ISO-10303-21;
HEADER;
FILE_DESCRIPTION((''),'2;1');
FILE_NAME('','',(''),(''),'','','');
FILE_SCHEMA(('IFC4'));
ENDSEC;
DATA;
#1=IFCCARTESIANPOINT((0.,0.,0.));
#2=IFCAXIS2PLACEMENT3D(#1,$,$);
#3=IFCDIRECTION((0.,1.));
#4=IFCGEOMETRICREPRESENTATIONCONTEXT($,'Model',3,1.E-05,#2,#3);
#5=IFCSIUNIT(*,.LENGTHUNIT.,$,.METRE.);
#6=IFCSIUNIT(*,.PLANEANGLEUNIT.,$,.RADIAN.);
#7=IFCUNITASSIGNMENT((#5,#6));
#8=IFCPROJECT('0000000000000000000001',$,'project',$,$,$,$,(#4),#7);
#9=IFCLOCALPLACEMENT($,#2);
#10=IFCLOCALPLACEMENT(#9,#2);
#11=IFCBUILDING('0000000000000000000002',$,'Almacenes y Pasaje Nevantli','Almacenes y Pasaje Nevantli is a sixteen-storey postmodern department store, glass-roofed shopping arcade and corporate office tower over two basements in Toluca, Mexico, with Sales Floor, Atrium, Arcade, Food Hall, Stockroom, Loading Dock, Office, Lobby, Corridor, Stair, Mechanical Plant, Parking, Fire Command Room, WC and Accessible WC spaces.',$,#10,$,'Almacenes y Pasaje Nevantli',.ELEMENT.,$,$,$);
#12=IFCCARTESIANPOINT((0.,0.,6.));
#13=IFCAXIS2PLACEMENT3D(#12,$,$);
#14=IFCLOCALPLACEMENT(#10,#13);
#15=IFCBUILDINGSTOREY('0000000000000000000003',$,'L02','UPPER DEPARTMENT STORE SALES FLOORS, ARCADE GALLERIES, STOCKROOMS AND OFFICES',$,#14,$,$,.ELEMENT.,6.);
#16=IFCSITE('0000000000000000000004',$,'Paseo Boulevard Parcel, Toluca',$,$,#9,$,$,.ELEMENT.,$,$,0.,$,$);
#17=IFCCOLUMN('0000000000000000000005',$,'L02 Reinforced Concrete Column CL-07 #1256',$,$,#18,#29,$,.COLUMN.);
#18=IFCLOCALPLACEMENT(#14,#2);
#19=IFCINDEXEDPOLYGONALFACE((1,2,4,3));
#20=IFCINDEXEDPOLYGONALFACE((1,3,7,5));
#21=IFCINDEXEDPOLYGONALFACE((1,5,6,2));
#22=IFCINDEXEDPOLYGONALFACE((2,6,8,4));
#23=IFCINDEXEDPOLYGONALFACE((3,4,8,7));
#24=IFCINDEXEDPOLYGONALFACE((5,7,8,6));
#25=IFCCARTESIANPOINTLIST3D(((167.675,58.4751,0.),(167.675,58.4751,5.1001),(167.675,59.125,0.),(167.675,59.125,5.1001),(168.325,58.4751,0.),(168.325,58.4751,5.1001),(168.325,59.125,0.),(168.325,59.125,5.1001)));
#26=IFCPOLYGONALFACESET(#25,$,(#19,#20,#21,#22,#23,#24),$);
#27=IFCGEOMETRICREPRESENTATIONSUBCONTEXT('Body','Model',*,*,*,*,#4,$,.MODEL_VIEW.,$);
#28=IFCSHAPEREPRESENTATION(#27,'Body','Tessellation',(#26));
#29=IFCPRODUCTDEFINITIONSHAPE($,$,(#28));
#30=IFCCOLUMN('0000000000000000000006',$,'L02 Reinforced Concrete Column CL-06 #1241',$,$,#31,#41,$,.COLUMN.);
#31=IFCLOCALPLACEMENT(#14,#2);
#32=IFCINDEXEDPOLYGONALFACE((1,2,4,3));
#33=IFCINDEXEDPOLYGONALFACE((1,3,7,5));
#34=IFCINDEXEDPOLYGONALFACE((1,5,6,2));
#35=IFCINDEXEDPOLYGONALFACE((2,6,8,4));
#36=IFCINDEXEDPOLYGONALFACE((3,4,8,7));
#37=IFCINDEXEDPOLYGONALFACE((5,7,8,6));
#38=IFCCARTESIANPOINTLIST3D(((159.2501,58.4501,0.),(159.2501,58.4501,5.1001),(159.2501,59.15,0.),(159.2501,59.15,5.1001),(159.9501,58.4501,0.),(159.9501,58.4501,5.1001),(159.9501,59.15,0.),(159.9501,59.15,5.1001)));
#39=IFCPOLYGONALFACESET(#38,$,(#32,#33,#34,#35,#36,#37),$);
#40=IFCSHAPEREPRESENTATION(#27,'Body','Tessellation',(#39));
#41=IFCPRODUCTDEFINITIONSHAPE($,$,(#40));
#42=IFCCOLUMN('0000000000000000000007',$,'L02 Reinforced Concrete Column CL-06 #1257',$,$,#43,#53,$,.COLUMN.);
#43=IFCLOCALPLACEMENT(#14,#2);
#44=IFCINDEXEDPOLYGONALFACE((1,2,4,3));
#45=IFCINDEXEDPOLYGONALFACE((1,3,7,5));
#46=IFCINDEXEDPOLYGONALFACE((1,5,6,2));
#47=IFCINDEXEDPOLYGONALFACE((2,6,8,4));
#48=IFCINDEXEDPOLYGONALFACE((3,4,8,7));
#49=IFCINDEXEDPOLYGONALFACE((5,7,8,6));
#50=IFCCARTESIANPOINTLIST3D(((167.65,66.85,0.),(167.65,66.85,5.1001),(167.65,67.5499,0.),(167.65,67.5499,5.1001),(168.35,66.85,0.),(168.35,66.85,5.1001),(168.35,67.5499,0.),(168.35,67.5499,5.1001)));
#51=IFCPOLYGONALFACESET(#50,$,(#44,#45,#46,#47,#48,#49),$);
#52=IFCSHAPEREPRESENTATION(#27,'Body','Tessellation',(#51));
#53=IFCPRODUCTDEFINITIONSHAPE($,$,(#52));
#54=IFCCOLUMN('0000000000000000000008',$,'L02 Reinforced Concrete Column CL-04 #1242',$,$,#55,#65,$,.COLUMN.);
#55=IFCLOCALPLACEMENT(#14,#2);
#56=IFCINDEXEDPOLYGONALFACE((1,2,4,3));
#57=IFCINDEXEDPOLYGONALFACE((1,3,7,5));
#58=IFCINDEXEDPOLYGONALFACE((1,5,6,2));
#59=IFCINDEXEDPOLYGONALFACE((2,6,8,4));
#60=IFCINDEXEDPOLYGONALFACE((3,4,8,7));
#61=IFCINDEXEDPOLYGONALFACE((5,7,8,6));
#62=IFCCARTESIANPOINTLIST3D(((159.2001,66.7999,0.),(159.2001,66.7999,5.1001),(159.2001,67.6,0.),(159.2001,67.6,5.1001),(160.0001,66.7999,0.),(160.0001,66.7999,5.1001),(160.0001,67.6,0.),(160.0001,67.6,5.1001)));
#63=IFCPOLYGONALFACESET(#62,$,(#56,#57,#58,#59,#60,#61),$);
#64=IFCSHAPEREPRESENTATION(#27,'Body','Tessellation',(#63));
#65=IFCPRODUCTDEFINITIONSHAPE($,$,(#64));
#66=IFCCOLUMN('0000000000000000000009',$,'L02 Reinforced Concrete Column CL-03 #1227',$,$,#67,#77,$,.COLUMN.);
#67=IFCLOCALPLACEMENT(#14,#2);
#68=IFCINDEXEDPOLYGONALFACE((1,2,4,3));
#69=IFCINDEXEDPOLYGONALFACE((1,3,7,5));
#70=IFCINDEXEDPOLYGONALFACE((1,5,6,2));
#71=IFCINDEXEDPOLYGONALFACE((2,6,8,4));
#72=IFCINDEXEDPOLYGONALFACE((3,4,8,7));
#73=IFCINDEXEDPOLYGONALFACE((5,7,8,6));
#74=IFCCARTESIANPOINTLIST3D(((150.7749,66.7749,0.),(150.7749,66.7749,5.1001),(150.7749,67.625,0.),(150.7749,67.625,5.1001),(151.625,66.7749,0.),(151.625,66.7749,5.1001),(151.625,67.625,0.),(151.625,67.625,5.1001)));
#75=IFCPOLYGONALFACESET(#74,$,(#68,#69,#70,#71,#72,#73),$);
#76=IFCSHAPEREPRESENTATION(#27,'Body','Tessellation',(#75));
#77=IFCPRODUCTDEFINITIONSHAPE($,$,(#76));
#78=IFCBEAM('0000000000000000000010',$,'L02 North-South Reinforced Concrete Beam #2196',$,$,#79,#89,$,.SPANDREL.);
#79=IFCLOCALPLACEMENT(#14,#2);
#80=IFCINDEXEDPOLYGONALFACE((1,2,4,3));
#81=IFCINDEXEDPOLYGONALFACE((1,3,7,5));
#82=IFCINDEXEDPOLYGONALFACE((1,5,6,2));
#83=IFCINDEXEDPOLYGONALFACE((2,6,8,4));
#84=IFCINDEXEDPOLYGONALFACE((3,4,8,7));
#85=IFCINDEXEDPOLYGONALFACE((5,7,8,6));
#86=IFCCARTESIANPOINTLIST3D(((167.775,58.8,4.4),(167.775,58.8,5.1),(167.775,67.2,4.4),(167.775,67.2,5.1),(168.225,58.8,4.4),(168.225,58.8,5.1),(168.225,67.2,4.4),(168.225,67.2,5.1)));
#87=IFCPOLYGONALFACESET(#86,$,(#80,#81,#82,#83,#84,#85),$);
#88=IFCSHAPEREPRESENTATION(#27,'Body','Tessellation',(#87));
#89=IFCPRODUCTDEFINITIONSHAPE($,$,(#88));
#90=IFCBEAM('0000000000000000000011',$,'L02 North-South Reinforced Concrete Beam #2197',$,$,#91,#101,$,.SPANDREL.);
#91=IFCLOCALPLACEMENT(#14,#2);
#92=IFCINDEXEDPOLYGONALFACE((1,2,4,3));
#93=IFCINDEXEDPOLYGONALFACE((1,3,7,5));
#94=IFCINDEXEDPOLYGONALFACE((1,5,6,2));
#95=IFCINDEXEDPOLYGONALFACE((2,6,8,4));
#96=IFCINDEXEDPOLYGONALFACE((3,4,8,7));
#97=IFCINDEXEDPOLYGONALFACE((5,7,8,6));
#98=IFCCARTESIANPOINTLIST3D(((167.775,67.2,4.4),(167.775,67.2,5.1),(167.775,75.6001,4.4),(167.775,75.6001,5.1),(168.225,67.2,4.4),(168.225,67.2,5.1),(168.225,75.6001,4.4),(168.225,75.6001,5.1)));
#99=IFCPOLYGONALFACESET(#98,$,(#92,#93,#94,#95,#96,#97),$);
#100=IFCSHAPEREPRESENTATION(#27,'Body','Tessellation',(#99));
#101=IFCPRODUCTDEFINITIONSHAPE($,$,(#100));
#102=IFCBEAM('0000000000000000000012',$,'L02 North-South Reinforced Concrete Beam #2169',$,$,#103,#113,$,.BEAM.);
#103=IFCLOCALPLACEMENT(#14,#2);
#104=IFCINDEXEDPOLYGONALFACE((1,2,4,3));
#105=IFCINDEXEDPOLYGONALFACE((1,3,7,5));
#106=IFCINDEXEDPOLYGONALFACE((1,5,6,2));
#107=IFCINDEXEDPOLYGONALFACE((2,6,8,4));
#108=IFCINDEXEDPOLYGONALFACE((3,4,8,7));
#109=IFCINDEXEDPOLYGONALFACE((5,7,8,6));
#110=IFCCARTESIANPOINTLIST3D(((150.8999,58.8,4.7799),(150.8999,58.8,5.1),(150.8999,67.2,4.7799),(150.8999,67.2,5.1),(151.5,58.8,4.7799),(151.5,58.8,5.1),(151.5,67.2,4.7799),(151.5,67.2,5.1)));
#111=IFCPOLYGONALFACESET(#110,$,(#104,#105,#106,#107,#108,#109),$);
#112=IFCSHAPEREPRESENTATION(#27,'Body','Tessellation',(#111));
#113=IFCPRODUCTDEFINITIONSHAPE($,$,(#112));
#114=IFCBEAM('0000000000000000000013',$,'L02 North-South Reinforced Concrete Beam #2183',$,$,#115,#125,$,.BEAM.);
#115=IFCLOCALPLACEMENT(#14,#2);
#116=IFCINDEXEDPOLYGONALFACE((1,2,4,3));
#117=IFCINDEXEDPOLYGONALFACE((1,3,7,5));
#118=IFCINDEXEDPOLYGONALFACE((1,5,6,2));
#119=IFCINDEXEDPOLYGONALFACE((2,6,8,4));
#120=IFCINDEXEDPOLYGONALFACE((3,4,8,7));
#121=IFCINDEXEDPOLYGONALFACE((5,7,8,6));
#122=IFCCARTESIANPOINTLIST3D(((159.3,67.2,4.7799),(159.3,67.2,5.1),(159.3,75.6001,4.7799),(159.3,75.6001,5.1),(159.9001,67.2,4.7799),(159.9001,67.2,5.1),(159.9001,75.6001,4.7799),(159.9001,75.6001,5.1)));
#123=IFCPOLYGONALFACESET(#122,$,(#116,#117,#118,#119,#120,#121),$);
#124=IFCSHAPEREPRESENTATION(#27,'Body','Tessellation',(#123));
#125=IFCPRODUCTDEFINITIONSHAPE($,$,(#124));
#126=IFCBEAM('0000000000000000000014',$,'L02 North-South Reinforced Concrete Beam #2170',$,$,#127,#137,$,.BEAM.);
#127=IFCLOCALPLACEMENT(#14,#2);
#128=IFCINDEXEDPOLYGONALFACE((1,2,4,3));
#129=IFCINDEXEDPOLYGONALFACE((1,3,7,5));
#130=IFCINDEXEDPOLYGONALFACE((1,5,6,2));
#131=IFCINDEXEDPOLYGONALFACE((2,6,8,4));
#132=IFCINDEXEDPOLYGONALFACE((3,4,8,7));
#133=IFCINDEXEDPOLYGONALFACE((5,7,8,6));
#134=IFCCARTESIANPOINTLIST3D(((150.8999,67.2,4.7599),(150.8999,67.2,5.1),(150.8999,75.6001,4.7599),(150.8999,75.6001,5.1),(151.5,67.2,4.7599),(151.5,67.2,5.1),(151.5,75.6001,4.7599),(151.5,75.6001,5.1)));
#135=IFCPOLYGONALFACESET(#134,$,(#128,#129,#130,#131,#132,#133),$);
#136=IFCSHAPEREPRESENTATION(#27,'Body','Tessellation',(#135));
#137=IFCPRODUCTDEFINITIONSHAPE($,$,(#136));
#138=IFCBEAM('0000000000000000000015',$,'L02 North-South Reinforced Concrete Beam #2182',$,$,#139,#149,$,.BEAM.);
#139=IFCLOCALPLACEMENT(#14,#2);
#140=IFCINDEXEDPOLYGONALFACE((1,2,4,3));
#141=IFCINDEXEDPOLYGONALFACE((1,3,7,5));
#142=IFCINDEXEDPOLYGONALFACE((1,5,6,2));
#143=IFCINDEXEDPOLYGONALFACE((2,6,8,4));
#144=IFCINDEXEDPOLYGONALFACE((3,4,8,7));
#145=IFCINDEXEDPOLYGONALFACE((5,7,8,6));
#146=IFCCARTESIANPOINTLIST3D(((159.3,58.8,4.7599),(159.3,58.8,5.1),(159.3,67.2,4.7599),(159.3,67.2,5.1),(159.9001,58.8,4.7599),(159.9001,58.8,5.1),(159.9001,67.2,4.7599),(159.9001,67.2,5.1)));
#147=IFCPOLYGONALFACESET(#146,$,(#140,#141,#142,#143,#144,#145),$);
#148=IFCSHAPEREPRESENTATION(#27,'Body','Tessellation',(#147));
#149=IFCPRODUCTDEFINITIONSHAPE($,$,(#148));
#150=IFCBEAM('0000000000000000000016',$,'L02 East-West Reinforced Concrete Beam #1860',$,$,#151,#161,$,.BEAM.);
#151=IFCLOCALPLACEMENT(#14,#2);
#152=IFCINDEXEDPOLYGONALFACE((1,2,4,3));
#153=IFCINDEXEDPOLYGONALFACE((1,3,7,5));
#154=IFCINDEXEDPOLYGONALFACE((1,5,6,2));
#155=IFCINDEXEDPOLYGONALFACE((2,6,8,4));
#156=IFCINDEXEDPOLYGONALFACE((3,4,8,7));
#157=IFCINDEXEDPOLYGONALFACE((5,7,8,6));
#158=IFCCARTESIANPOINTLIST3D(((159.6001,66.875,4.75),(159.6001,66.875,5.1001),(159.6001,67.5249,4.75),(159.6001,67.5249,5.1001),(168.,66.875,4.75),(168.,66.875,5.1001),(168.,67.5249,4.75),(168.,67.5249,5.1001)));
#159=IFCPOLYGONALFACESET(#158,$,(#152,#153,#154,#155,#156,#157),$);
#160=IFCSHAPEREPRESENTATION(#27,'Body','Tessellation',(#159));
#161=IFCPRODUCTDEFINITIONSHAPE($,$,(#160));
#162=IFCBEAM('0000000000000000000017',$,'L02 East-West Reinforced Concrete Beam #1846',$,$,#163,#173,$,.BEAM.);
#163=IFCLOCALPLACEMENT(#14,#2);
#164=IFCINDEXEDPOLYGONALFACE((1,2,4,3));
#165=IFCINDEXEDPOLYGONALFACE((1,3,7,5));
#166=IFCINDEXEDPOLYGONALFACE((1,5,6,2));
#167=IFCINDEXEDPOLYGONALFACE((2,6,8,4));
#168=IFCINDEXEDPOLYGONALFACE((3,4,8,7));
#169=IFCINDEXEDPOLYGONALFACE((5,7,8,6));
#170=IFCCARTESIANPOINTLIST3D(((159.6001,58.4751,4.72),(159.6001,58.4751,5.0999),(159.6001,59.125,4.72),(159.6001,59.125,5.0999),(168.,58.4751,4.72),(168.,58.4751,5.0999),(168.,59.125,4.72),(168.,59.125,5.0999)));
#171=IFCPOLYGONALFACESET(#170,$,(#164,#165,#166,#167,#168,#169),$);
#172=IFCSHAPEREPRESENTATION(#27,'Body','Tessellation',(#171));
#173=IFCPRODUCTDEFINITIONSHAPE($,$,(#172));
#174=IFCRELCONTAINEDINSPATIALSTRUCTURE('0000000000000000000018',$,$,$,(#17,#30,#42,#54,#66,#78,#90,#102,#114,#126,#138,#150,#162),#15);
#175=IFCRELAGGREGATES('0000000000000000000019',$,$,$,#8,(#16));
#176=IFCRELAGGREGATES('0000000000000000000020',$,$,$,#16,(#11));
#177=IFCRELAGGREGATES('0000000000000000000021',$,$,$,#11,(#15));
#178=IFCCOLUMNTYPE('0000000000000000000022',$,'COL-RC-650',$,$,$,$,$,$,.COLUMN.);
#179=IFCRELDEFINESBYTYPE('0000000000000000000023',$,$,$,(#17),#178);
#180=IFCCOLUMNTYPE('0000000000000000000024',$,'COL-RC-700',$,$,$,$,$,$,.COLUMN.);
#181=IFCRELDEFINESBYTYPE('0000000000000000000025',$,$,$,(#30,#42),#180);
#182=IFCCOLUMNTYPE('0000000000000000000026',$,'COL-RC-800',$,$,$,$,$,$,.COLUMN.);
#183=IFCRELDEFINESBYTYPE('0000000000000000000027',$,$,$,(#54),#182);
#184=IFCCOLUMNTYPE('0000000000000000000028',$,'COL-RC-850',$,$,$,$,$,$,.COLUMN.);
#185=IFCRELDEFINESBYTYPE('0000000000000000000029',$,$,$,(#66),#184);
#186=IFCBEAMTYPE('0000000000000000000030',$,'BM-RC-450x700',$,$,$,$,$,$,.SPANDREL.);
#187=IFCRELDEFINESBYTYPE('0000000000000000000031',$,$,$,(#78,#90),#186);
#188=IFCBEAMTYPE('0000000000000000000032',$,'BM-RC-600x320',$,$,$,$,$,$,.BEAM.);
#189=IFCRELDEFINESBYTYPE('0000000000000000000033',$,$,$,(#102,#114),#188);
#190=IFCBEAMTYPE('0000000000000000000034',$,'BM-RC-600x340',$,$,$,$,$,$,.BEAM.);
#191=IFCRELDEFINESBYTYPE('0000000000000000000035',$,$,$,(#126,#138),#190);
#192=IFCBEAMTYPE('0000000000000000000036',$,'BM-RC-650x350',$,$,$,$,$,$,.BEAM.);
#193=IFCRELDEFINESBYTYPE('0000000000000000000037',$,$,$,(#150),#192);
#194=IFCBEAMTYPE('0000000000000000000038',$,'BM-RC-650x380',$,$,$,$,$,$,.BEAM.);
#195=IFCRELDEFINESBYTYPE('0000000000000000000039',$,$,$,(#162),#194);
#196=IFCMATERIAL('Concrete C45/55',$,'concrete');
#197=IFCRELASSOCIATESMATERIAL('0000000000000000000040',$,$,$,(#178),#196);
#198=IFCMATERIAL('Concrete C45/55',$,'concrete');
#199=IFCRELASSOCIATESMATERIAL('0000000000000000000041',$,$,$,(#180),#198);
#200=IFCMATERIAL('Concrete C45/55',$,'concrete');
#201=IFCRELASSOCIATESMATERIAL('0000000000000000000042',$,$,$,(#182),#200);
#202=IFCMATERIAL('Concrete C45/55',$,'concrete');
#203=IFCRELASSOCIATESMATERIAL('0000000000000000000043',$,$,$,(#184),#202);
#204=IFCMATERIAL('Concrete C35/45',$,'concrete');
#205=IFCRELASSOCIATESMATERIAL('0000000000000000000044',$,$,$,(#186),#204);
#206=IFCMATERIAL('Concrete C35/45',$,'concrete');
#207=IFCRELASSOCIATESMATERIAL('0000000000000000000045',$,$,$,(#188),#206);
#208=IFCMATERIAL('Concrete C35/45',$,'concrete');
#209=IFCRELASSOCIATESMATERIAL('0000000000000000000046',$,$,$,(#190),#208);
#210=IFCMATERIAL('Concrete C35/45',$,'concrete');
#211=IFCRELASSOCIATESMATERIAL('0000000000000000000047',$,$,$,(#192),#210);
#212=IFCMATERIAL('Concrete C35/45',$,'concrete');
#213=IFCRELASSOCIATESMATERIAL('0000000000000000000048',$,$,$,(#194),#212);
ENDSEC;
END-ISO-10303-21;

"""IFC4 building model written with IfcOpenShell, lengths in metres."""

from ifc_helpers import new_model, si_unit, direction, frame, origin, origin_2d, place, context, subcontext, project, spatial, rectangle, extrude, material, material_profile, profile_set, type_object, element, save


model = new_model("IFC4")

# Units and contexts
model_context = context("Model", 3, precision=1e-05, world=origin(), true_north=direction((0.0, 1.0)))
body_context = subcontext(model_context, "Body", "Model", "MODEL_VIEW")
ifc_project = project(units=[si_unit("LENGTHUNIT", "METRE"), si_unit("PLANEANGLEUNIT", "RADIAN")], contexts=[model_context])

# Site, building, storey
site_placement = place(None, origin())
site = spatial("IfcSite", under=ifc_project, at=site_placement, Name="Paseo Boulevard Parcel, Toluca", CompositionType="ELEMENT", RefElevation=0.0)
building_placement = place(site_placement, origin())
building = spatial("IfcBuilding", under=site, at=building_placement, Name="Almacenes y Pasaje Nevantli", Description="Almacenes y Pasaje Nevantli is a sixteen-storey postmodern department store, glass-roofed shopping arcade and corporate office tower over two basements in Toluca, Mexico, with Sales Floor, Atrium, Arcade, Food Hall, Stockroom, Loading Dock, Office, Lobby, Corridor, Stair, Mechanical Plant, Parking, Fire Command Room, WC and Accessible WC spaces.", LongName="Almacenes y Pasaje Nevantli", CompositionType="ELEMENT")
storey_placement = place(building_placement, frame((0.0, 0.0, 6.0)))
storey = spatial("IfcBuildingStorey", under=building, at=storey_placement, Name="L02", Description="UPPER DEPARTMENT STORE SALES FLOORS, ARCADE GALLERIES, STOCKROOMS AND OFFICES", CompositionType="ELEMENT", Elevation=6.0)

# Columns
ifc_material_1 = material(Name="Concrete C45/55", Category="concrete")
ifc_material_profile_1 = material_profile(ifc_material_1, rectangle(XDim=0.6499, YDim=0.6499, at=origin_2d()), Name="RC-COL-650x650")
ifc_profile_set_1 = profile_set([ifc_material_profile_1], Name="Concrete C45/55")
column_type_1 = type_object("IfcColumnType", Name="COL-RC-650", PredefinedType="COLUMN", material=ifc_profile_set_1)
column_1_placement = place(storey_placement, frame((168.0, 58.8, 0.0), z_axis=(0.0, 0.0, 1.0), x_axis=(1.0, 0.0, 0.0)))
element("IfcColumn", 1, at=column_1_placement, inside=storey, type_object=column_type_1, Name="L02 Reinforced Concrete Column CL-07 #1256", PredefinedType="COLUMN", context=body_context, shape_type="SweptSolid", body=[
    extrude(rectangle(XDim=0.6499, YDim=0.6499, at=origin_2d()), origin(), (0.0, 0.0, 1.0), 5.1001),
])
ifc_material_2 = material(Name="Concrete C45/55", Category="concrete")
ifc_material_profile_2 = material_profile(ifc_material_2, rectangle(XDim=0.7, YDim=0.7, at=origin_2d()), Name="RC-COL-700x700")
ifc_profile_set_2 = profile_set([ifc_material_profile_2], Name="Concrete C45/55")
column_type_2 = type_object("IfcColumnType", Name="COL-RC-700", PredefinedType="COLUMN", material=ifc_profile_set_2)
for number, where, z_axis, x_axis, name in (
    (2, (159.6001, 58.8, 0.0), (0.0, 0.0, 1.0), (1.0, 0.0, 0.0), "L02 Reinforced Concrete Column CL-06 #1241"),
    (3, (168.0, 67.2, 0.0), (0.0, 0.0, 1.0), (1.0, 0.0, 0.0), "L02 Reinforced Concrete Column CL-06 #1257"),
):
    element("IfcColumn", number, at=place(storey_placement, frame(where, z_axis=z_axis, x_axis=x_axis)), inside=storey, type_object=column_type_2, Name=name, PredefinedType="COLUMN", context=body_context, shape_type="SweptSolid", body=[
        extrude(rectangle(XDim=0.7, YDim=0.7, at=origin_2d()), origin(), (0.0, 0.0, 1.0), 5.1001),
    ])
ifc_material_3 = material(Name="Concrete C45/55", Category="concrete")
ifc_material_profile_3 = material_profile(ifc_material_3, rectangle(XDim=0.8, YDim=0.8, at=origin_2d()), Name="RC-COL-800x800")
ifc_profile_set_3 = profile_set([ifc_material_profile_3], Name="Concrete C45/55")
column_type_3 = type_object("IfcColumnType", Name="COL-RC-800", PredefinedType="COLUMN", material=ifc_profile_set_3)
column_2_placement = place(storey_placement, frame((159.6001, 67.2, 0.0), z_axis=(0.0, 0.0, 1.0), x_axis=(1.0, 0.0, 0.0)))
element("IfcColumn", 4, at=column_2_placement, inside=storey, type_object=column_type_3, Name="L02 Reinforced Concrete Column CL-04 #1242", PredefinedType="COLUMN", context=body_context, shape_type="SweptSolid", body=[
    extrude(rectangle(XDim=0.8, YDim=0.8, at=origin_2d()), origin(), (0.0, 0.0, 1.0), 5.1001),
])
ifc_material_4 = material(Name="Concrete C45/55", Category="concrete")
ifc_material_profile_4 = material_profile(ifc_material_4, rectangle(XDim=0.8501, YDim=0.8501, at=origin_2d()), Name="RC-COL-850x850")
ifc_profile_set_4 = profile_set([ifc_material_profile_4], Name="Concrete C45/55")
column_type_4 = type_object("IfcColumnType", Name="COL-RC-850", PredefinedType="COLUMN", material=ifc_profile_set_4)
column_3_placement = place(storey_placement, frame((151.2, 67.2, 0.0), z_axis=(0.0, 0.0, 1.0), x_axis=(1.0, 0.0, 0.0)))
element("IfcColumn", 5, at=column_3_placement, inside=storey, type_object=column_type_4, Name="L02 Reinforced Concrete Column CL-03 #1227", PredefinedType="COLUMN", context=body_context, shape_type="SweptSolid", body=[
    extrude(rectangle(XDim=0.8501, YDim=0.8501, at=origin_2d()), origin(), (0.0, 0.0, 1.0), 5.1001),
])

# Beams
ifc_material_5 = material(Name="Concrete C35/45", Category="concrete")
ifc_material_profile_5 = material_profile(ifc_material_5, rectangle(XDim=0.45, YDim=0.7, at=origin_2d()), Name="RC-BM-450x700")
ifc_profile_set_5 = profile_set([ifc_material_profile_5], Name="Concrete C35/45")
beam_type_1 = type_object("IfcBeamType", Name="BM-RC-450x700", PredefinedType="SPANDREL", material=ifc_profile_set_5)
beam_1_placement = place(storey_placement, frame((168.0, 58.8, 4.75), z_axis=(0.0, 1.0, 0.0), x_axis=(-1.0, 0.0, 0.0)))
element("IfcBeam", 6, at=beam_1_placement, inside=storey, type_object=beam_type_1, Name="L02 North-South Reinforced Concrete Beam #2196", PredefinedType="SPANDREL", context=body_context, shape_type="SweptSolid", body=[
    extrude(rectangle(XDim=0.45, YDim=0.7, at=origin_2d()), origin(), (0.0, 0.0, 1.0), 8.3999),
])
beam_2_placement = place(storey_placement, frame((168.0, 67.2, 4.75), z_axis=(0.0, 1.0, 0.0), x_axis=(-1.0, 0.0, 0.0)))
element("IfcBeam", 7, at=beam_2_placement, inside=storey, type_object=beam_type_1, Name="L02 North-South Reinforced Concrete Beam #2197", PredefinedType="SPANDREL", context=body_context, shape_type="SweptSolid", body=[
    extrude(rectangle(XDim=0.45, YDim=0.7, at=origin_2d()), origin(), (0.0, 0.0, 1.0), 8.4001),
])
ifc_material_6 = material(Name="Concrete C35/45", Category="concrete")
ifc_material_profile_6 = material_profile(ifc_material_6, rectangle(XDim=0.6001, YDim=0.3201, at=origin_2d()), Name="RC-BM-600x320")
ifc_profile_set_6 = profile_set([ifc_material_profile_6], Name="Concrete C35/45")
beam_type_2 = type_object("IfcBeamType", Name="BM-RC-600x320", PredefinedType="BEAM", material=ifc_profile_set_6)
beam_3_placement = place(storey_placement, frame((151.2, 58.8, 4.9399), z_axis=(0.0, 1.0, 0.0), x_axis=(-1.0, 0.0, 0.0)))
element("IfcBeam", 8, at=beam_3_placement, inside=storey, type_object=beam_type_2, Name="L02 North-South Reinforced Concrete Beam #2169", PredefinedType="BEAM", context=body_context, shape_type="SweptSolid", body=[
    extrude(rectangle(XDim=0.6001, YDim=0.3201, at=origin_2d()), origin(), (0.0, 0.0, 1.0), 8.3999),
])
beam_4_placement = place(storey_placement, frame((159.6001, 67.2, 4.9399), z_axis=(0.0, 1.0, 0.0), x_axis=(-1.0, 0.0, 0.0)))
element("IfcBeam", 9, at=beam_4_placement, inside=storey, type_object=beam_type_2, Name="L02 North-South Reinforced Concrete Beam #2183", PredefinedType="BEAM", context=body_context, shape_type="SweptSolid", body=[
    extrude(rectangle(XDim=0.6001, YDim=0.3201, at=origin_2d()), origin(), (0.0, 0.0, 1.0), 8.4001),
])
ifc_material_7 = material(Name="Concrete C35/45", Category="concrete")
ifc_material_profile_7 = material_profile(ifc_material_7, rectangle(XDim=0.6001, YDim=0.3401, at=origin_2d()), Name="RC-BM-600x340")
ifc_profile_set_7 = profile_set([ifc_material_profile_7], Name="Concrete C35/45")
beam_type_3 = type_object("IfcBeamType", Name="BM-RC-600x340", PredefinedType="BEAM", material=ifc_profile_set_7)
beam_5_placement = place(storey_placement, frame((151.2, 67.2, 4.9299), z_axis=(0.0, 1.0, 0.0), x_axis=(-1.0, 0.0, 0.0)))
element("IfcBeam", 10, at=beam_5_placement, inside=storey, type_object=beam_type_3, Name="L02 North-South Reinforced Concrete Beam #2170", PredefinedType="BEAM", context=body_context, shape_type="SweptSolid", body=[
    extrude(rectangle(XDim=0.6001, YDim=0.3401, at=origin_2d()), origin(), (0.0, 0.0, 1.0), 8.4001),
])
beam_6_placement = place(storey_placement, frame((159.6001, 58.8, 4.9299), z_axis=(0.0, 1.0, 0.0), x_axis=(-1.0, 0.0, 0.0)))
element("IfcBeam", 11, at=beam_6_placement, inside=storey, type_object=beam_type_3, Name="L02 North-South Reinforced Concrete Beam #2182", PredefinedType="BEAM", context=body_context, shape_type="SweptSolid", body=[
    extrude(rectangle(XDim=0.6001, YDim=0.3401, at=origin_2d()), origin(), (0.0, 0.0, 1.0), 8.3999),
])
ifc_material_8 = material(Name="Concrete C35/45", Category="concrete")
ifc_material_profile_8 = material_profile(ifc_material_8, rectangle(XDim=0.6499, YDim=0.3501, at=origin_2d()), Name="RC-BM-650x350")
ifc_profile_set_8 = profile_set([ifc_material_profile_8], Name="Concrete C35/45")
beam_type_4 = type_object("IfcBeamType", Name="BM-RC-650x350", PredefinedType="BEAM", material=ifc_profile_set_8)
beam_7_placement = place(storey_placement, frame((159.6001, 67.2, 4.925), z_axis=(1.0, 0.0, 0.0), x_axis=(0.0, 1.0, 0.0)))
element("IfcBeam", 12, at=beam_7_placement, inside=storey, type_object=beam_type_4, Name="L02 East-West Reinforced Concrete Beam #1860", PredefinedType="BEAM", context=body_context, shape_type="SweptSolid", body=[
    extrude(rectangle(XDim=0.6499, YDim=0.3501, at=origin_2d()), origin(), (0.0, 0.0, 1.0), 8.3999),
])
ifc_material_9 = material(Name="Concrete C35/45", Category="concrete")
ifc_material_profile_9 = material_profile(ifc_material_9, rectangle(XDim=0.6499, YDim=0.3799, at=origin_2d()), Name="RC-BM-650x380")
ifc_profile_set_9 = profile_set([ifc_material_profile_9], Name="Concrete C35/45")
beam_type_5 = type_object("IfcBeamType", Name="BM-RC-650x380", PredefinedType="BEAM", material=ifc_profile_set_9)
beam_8_placement = place(storey_placement, frame((159.6001, 58.8, 4.9099), z_axis=(1.0, 0.0, 0.0), x_axis=(0.0, 1.0, 0.0)))
element("IfcBeam", 13, at=beam_8_placement, inside=storey, type_object=beam_type_5, Name="L02 East-West Reinforced Concrete Beam #1846", PredefinedType="BEAM", context=body_context, shape_type="SweptSolid", body=[
    extrude(rectangle(XDim=0.6499, YDim=0.3799, at=origin_2d()), origin(), (0.0, 0.0, 1.0), 8.3999),
])

save(model, "model.ifc")
